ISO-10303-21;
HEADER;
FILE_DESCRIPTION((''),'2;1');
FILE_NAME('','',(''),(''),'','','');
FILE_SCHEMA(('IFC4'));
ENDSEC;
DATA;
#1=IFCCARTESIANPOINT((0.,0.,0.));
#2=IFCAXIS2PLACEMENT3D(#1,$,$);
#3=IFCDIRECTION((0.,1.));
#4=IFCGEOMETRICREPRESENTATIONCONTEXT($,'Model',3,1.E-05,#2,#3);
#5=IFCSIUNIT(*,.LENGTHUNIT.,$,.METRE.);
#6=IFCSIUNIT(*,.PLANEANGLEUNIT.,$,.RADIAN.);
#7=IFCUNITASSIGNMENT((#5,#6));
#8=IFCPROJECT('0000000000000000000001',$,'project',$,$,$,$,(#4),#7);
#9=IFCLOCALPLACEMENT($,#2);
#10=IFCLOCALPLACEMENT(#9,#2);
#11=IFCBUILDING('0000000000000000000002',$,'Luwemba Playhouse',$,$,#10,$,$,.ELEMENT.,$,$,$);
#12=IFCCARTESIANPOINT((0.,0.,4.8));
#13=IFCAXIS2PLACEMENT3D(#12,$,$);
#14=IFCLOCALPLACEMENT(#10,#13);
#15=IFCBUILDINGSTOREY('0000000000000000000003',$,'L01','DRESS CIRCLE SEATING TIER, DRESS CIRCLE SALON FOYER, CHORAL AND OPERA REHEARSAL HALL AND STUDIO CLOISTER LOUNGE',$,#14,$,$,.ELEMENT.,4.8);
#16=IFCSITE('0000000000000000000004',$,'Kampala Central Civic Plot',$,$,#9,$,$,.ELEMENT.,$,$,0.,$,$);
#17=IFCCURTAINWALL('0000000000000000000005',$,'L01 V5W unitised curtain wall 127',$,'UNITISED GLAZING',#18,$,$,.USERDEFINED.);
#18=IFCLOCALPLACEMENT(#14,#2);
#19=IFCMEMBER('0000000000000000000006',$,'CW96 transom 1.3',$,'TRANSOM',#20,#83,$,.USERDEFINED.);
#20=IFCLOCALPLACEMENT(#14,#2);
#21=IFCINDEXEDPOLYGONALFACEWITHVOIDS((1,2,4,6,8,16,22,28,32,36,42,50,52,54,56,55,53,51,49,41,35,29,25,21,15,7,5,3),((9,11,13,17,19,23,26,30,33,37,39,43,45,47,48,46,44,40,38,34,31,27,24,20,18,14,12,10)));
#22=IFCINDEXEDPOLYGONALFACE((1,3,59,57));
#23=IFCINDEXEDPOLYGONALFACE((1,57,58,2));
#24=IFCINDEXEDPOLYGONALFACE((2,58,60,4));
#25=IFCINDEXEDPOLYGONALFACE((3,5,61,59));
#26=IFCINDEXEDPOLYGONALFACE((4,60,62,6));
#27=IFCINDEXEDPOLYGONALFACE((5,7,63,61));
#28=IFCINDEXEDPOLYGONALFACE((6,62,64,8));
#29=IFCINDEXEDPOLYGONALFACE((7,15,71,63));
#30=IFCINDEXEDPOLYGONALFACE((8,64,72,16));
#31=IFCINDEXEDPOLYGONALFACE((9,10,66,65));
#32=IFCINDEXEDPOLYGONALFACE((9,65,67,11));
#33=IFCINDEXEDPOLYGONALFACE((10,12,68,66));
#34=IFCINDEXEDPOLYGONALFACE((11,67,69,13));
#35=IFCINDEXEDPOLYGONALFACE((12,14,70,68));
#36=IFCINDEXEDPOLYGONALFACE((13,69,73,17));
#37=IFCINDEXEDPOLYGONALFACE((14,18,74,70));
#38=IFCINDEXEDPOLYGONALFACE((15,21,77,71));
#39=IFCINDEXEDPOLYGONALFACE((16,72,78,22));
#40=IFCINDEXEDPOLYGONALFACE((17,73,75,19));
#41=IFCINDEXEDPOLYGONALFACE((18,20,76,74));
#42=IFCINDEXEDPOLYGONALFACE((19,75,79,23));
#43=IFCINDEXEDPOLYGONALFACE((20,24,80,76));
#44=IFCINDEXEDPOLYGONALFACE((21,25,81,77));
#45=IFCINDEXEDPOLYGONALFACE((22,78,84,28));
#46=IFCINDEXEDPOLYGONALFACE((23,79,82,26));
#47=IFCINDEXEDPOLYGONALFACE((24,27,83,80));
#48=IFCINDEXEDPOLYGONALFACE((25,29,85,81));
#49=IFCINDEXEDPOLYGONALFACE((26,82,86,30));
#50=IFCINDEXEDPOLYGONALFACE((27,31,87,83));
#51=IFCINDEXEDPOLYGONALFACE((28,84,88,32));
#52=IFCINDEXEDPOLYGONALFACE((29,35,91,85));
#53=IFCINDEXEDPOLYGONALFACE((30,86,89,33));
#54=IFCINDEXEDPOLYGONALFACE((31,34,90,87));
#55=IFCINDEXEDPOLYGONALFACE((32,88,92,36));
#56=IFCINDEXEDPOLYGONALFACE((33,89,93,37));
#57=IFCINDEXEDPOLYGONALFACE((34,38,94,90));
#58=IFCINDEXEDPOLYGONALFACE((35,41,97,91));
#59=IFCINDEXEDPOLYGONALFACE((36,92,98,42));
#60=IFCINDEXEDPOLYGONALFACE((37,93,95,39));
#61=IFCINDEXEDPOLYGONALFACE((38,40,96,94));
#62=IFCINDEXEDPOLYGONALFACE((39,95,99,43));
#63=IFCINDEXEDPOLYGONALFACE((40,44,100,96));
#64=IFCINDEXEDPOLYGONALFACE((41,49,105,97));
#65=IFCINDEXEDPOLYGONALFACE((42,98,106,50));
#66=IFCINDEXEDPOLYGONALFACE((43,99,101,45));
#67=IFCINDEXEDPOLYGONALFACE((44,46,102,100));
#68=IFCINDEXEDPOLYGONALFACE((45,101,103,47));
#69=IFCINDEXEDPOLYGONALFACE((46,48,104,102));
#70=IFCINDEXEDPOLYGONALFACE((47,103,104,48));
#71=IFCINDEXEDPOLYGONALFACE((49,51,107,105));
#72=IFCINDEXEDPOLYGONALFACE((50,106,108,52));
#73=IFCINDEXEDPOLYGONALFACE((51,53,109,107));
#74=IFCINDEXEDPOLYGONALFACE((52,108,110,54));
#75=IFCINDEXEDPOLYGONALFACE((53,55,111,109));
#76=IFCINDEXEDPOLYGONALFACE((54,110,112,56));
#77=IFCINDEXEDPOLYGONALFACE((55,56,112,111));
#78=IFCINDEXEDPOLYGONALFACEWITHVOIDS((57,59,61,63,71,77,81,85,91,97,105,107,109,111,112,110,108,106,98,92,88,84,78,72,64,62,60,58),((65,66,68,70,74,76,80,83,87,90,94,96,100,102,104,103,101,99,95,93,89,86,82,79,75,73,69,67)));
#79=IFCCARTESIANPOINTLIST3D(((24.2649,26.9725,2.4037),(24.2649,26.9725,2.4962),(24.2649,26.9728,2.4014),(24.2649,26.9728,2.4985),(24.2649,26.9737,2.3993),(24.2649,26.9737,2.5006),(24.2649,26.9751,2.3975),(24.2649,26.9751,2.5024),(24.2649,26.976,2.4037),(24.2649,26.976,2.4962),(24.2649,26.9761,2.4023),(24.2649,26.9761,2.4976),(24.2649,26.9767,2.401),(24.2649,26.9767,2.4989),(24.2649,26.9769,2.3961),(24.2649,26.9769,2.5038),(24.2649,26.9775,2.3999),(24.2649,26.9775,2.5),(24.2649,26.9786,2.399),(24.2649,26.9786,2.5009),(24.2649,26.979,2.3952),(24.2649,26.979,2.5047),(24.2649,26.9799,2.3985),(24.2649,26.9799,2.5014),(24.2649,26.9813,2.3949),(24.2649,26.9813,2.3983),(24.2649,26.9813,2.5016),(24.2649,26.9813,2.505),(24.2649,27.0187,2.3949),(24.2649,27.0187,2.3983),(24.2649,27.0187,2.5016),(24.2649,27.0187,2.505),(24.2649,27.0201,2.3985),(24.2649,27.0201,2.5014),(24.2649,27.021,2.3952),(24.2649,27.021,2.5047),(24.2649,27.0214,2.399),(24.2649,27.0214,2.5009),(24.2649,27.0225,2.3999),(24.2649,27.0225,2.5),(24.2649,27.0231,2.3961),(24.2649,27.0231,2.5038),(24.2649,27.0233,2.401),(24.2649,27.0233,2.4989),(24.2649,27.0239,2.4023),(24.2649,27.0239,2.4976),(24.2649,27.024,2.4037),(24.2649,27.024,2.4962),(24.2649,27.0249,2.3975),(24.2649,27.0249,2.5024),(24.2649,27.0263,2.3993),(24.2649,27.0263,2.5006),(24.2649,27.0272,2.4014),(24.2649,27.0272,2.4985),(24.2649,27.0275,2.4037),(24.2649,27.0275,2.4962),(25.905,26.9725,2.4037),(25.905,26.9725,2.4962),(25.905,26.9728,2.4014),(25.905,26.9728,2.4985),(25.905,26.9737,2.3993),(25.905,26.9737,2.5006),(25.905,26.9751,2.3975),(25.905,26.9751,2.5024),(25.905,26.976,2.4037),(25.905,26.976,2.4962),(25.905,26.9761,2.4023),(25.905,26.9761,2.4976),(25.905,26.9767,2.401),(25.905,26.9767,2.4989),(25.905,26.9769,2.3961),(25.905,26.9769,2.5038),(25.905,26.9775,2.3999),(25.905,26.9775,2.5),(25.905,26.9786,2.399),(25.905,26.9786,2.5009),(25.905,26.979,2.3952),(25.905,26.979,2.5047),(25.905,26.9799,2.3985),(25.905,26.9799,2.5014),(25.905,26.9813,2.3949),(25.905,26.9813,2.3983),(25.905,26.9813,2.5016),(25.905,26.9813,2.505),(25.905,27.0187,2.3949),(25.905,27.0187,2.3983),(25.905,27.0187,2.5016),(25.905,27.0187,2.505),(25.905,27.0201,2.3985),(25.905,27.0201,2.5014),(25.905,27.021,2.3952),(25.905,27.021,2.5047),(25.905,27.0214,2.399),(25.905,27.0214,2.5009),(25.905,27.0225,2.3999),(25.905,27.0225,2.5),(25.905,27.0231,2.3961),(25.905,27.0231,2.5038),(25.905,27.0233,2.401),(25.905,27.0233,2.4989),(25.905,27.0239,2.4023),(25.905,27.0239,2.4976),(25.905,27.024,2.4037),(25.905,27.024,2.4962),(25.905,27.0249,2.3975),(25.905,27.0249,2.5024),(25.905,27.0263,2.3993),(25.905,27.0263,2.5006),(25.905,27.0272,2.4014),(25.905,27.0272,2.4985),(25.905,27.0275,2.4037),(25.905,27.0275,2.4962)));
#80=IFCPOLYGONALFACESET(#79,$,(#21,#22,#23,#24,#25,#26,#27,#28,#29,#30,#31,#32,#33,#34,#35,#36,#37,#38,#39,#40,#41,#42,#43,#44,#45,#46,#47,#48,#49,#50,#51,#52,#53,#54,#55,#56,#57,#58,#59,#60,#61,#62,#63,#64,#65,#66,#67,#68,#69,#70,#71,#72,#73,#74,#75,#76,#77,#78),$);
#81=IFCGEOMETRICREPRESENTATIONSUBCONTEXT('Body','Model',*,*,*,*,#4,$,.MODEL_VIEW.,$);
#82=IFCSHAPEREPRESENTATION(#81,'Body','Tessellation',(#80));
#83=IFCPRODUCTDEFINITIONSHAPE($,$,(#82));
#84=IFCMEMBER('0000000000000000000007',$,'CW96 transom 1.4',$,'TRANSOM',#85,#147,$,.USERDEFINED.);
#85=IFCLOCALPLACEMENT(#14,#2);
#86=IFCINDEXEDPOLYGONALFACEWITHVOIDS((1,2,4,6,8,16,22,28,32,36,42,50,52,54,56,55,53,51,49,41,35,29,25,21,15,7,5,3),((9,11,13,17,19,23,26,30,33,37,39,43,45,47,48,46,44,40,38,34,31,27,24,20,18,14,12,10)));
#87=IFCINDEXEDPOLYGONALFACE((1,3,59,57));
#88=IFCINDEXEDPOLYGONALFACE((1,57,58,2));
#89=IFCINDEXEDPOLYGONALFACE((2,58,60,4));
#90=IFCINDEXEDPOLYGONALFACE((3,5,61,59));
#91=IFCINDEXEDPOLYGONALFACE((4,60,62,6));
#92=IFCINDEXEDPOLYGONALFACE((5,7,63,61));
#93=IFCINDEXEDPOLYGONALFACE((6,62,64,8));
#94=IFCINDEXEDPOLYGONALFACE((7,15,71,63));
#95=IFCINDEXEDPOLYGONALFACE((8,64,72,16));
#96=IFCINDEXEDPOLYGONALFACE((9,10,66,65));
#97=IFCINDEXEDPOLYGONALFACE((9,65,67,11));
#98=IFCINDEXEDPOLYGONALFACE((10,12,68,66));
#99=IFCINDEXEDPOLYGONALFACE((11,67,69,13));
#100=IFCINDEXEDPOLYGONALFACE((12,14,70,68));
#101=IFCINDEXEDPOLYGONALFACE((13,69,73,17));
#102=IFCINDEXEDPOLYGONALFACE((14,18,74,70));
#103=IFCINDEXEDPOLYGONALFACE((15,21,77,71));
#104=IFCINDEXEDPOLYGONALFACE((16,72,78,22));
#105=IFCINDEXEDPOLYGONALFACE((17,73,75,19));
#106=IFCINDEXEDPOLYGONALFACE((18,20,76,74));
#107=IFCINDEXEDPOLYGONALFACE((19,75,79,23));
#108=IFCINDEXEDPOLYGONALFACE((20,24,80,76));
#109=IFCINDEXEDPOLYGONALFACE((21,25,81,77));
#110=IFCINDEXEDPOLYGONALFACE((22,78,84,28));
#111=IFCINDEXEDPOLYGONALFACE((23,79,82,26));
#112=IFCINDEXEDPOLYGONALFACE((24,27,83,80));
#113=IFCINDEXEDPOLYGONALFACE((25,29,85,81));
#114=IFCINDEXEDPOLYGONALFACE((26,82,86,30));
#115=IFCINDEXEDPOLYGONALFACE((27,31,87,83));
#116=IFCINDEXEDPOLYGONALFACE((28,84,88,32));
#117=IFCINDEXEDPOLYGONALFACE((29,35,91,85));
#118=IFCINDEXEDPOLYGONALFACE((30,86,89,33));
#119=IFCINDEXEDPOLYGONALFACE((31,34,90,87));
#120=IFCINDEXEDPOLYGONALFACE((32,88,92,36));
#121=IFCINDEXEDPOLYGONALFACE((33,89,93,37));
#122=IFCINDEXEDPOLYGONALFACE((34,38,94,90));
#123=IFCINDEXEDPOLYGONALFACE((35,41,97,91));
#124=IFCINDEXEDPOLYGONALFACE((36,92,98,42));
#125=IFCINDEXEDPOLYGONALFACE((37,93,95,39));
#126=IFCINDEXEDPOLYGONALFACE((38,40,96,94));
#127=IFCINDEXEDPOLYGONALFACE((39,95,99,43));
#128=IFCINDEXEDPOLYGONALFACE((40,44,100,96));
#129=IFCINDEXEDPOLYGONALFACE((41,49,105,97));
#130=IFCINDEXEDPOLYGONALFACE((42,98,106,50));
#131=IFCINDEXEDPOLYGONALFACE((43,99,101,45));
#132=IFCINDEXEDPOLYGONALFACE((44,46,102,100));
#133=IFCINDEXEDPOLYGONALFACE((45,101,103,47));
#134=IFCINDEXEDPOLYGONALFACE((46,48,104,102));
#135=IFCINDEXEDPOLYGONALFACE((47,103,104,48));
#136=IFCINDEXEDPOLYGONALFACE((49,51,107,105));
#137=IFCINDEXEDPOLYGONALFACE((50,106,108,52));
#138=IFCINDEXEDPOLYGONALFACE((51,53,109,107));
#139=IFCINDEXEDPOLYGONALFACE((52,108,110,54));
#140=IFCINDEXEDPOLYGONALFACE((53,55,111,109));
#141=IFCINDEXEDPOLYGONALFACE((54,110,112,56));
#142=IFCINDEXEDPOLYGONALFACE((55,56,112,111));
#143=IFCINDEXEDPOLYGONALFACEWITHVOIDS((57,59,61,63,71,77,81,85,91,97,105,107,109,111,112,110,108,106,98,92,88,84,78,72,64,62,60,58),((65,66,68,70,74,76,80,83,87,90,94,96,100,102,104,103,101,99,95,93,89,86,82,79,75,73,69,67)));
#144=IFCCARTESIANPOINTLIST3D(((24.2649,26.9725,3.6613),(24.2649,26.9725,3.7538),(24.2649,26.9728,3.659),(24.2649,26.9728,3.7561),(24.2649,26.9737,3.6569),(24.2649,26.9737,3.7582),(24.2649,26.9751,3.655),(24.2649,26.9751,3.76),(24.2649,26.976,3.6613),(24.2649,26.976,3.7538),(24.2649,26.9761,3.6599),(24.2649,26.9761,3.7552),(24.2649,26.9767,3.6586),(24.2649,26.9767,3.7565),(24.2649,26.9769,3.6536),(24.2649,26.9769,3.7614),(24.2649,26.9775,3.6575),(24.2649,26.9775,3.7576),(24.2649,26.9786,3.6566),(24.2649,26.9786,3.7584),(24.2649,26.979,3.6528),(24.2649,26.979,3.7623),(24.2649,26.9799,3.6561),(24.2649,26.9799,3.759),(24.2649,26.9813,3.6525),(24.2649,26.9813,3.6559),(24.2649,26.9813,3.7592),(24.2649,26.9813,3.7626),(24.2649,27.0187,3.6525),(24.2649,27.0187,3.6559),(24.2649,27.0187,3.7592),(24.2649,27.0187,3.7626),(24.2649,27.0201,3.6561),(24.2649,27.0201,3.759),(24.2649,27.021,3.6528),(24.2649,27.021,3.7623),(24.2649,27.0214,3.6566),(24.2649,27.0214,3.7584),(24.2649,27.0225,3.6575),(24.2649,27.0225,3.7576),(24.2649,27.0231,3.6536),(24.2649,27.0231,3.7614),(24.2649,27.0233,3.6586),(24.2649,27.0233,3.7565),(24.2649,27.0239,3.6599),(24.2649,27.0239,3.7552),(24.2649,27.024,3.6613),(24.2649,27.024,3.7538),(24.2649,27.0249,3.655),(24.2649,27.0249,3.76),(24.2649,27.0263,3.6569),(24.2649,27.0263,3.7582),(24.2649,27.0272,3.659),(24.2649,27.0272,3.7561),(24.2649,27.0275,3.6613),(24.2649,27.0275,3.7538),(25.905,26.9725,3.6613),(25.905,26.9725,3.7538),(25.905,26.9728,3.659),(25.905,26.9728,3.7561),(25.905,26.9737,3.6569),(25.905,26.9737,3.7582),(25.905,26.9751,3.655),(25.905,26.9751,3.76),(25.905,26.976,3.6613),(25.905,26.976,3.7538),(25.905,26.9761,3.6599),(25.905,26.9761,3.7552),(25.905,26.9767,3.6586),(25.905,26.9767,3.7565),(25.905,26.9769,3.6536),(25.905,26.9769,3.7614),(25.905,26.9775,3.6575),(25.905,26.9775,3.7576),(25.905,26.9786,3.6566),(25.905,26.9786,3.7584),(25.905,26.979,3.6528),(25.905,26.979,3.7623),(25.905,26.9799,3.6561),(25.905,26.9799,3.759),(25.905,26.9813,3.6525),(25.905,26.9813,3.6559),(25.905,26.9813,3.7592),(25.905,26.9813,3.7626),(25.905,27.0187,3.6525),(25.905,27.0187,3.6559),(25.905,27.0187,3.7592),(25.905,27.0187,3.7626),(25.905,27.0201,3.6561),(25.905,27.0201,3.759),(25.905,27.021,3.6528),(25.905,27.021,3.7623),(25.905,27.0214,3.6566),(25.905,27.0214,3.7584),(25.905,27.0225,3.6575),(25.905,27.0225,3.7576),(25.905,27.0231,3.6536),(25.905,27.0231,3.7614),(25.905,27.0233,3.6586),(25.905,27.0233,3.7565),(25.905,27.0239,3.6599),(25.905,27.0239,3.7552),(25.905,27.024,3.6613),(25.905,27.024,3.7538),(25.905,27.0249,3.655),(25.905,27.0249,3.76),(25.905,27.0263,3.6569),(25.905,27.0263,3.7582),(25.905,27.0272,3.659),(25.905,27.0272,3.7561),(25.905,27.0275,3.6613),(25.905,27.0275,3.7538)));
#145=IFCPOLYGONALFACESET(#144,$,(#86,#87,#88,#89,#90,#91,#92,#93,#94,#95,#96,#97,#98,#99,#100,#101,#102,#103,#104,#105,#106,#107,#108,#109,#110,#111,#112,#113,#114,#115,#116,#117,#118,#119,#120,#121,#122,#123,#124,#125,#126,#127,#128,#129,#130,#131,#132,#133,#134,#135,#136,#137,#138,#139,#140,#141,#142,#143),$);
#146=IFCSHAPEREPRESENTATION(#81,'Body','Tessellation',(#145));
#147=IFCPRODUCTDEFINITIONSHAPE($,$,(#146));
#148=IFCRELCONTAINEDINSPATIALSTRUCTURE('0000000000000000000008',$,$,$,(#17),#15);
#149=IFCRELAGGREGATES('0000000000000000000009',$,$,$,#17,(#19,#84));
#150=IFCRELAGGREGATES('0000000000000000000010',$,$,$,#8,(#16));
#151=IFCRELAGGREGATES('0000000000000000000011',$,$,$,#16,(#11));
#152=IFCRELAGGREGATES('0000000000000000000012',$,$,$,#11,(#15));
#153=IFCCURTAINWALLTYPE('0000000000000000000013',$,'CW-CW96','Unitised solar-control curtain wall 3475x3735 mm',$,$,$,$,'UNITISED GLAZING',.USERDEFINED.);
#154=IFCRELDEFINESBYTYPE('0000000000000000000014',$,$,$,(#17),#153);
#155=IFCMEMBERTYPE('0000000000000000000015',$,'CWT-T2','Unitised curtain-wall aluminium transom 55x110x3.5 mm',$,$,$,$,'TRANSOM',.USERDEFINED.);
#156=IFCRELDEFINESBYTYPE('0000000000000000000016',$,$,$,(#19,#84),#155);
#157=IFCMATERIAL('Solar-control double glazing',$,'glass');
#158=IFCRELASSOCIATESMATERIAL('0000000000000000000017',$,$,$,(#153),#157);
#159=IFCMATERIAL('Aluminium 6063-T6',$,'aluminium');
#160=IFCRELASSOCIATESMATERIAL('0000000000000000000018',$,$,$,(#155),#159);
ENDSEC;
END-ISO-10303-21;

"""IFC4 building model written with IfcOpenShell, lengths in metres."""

from ifc_helpers import new_model, si_unit, direction, frame, origin, origin_2d, place, context, subcontext, project, spatial, hollow_rectangle, extrude, material, material_profile, profile_set, type_object, element, aggregate, save


model = new_model("IFC4")

# Units and contexts
model_context = context("Model", 3, precision=1e-05, world=origin(), true_north=direction((0.0, 1.0)))
body_context = subcontext(model_context, "Body", "Model", "MODEL_VIEW")
ifc_project = project(units=[si_unit("LENGTHUNIT", "METRE"), si_unit("PLANEANGLEUNIT", "RADIAN")], contexts=[model_context])

# Site, building, storey
site_placement = place(None, origin())
site = spatial("IfcSite", under=ifc_project, at=site_placement, Name="Kampala Central Civic Plot", CompositionType="ELEMENT", RefElevation=0.0)
building_placement = place(site_placement, origin())
building = spatial("IfcBuilding", under=site, at=building_placement, Name="Luwemba Playhouse", CompositionType="ELEMENT")
storey_placement = place(building_placement, frame((0.0, 0.0, 4.8)))
storey = spatial("IfcBuildingStorey", under=building, at=storey_placement, Name="L01", Description="DRESS CIRCLE SEATING TIER, DRESS CIRCLE SALON FOYER, CHORAL AND OPERA REHEARSAL HALL AND STUDIO CLOISTER LOUNGE", CompositionType="ELEMENT", Elevation=4.8)

# Curtain wall
ifc_material_1 = material(Name="Solar-control double glazing", Category="glass")
ifc_material_2 = material(Name="Aluminium 6063-T6", Category="aluminium")
curtain_wall_type_1 = type_object("IfcCurtainWallType", Name="CW-CW96", Description="Unitised solar-control curtain wall 3475x3735 mm", ElementType="UNITISED GLAZING", PredefinedType="USERDEFINED", material=ifc_material_1)
curtain_wall_1_placement = place(storey_placement, origin())
curtain_wall_1 = element("IfcCurtainWall", 1, at=curtain_wall_1_placement, inside=storey, type_object=curtain_wall_type_1, Name="L01 V5W unitised curtain wall 127", ObjectType="UNITISED GLAZING", PredefinedType="USERDEFINED")

# Members
ifc_material_profile_1 = material_profile(ifc_material_2, hollow_rectangle(XDim=0.0549, YDim=0.1101, WallThickness=0.0034, InnerFilletRadius=0.0054, OuterFilletRadius=0.0088, at=origin_2d()))
ifc_profile_set_1 = profile_set([ifc_material_profile_1], Name="Aluminium 6063-T6")
member_type_1 = type_object("IfcMemberType", Name="CWT-T2", Description="Unitised curtain-wall aluminium transom 55x110x3.5 mm", ElementType="TRANSOM", PredefinedType="USERDEFINED", material=ifc_profile_set_1)
member_1_placement = place(storey_placement, frame((24.2649, 27.0, 2.45), z_axis=(1.0, 0.0, 0.0), x_axis=(0.0, 1.0, 0.0)))
member_1 = element("IfcMember", 2, at=member_1_placement, type_object=member_type_1, Name="CW96 transom 1.3", ObjectType="TRANSOM", PredefinedType="USERDEFINED", context=body_context, shape_type="SweptSolid", body=[
    extrude(hollow_rectangle(XDim=0.0549, YDim=0.1101, WallThickness=0.0034, InnerFilletRadius=0.0054, OuterFilletRadius=0.0088, at=origin_2d()), origin(), (0.0, 0.0, 1.0), 1.6401),
])
member_2_placement = place(storey_placement, frame((24.2649, 27.0, 3.7075), z_axis=(1.0, 0.0, 0.0), x_axis=(0.0, 1.0, 0.0)))
member_2 = element("IfcMember", 3, at=member_2_placement, type_object=member_type_1, Name="CW96 transom 1.4", ObjectType="TRANSOM", PredefinedType="USERDEFINED", context=body_context, shape_type="SweptSolid", body=[
    extrude(hollow_rectangle(XDim=0.0549, YDim=0.1101, WallThickness=0.0034, InnerFilletRadius=0.0054, OuterFilletRadius=0.0088, at=origin_2d()), origin(), (0.0, 0.0, 1.0), 1.6401),
])

aggregate(curtain_wall_1, [member_1, member_2])

save(model, "model.ifc")
